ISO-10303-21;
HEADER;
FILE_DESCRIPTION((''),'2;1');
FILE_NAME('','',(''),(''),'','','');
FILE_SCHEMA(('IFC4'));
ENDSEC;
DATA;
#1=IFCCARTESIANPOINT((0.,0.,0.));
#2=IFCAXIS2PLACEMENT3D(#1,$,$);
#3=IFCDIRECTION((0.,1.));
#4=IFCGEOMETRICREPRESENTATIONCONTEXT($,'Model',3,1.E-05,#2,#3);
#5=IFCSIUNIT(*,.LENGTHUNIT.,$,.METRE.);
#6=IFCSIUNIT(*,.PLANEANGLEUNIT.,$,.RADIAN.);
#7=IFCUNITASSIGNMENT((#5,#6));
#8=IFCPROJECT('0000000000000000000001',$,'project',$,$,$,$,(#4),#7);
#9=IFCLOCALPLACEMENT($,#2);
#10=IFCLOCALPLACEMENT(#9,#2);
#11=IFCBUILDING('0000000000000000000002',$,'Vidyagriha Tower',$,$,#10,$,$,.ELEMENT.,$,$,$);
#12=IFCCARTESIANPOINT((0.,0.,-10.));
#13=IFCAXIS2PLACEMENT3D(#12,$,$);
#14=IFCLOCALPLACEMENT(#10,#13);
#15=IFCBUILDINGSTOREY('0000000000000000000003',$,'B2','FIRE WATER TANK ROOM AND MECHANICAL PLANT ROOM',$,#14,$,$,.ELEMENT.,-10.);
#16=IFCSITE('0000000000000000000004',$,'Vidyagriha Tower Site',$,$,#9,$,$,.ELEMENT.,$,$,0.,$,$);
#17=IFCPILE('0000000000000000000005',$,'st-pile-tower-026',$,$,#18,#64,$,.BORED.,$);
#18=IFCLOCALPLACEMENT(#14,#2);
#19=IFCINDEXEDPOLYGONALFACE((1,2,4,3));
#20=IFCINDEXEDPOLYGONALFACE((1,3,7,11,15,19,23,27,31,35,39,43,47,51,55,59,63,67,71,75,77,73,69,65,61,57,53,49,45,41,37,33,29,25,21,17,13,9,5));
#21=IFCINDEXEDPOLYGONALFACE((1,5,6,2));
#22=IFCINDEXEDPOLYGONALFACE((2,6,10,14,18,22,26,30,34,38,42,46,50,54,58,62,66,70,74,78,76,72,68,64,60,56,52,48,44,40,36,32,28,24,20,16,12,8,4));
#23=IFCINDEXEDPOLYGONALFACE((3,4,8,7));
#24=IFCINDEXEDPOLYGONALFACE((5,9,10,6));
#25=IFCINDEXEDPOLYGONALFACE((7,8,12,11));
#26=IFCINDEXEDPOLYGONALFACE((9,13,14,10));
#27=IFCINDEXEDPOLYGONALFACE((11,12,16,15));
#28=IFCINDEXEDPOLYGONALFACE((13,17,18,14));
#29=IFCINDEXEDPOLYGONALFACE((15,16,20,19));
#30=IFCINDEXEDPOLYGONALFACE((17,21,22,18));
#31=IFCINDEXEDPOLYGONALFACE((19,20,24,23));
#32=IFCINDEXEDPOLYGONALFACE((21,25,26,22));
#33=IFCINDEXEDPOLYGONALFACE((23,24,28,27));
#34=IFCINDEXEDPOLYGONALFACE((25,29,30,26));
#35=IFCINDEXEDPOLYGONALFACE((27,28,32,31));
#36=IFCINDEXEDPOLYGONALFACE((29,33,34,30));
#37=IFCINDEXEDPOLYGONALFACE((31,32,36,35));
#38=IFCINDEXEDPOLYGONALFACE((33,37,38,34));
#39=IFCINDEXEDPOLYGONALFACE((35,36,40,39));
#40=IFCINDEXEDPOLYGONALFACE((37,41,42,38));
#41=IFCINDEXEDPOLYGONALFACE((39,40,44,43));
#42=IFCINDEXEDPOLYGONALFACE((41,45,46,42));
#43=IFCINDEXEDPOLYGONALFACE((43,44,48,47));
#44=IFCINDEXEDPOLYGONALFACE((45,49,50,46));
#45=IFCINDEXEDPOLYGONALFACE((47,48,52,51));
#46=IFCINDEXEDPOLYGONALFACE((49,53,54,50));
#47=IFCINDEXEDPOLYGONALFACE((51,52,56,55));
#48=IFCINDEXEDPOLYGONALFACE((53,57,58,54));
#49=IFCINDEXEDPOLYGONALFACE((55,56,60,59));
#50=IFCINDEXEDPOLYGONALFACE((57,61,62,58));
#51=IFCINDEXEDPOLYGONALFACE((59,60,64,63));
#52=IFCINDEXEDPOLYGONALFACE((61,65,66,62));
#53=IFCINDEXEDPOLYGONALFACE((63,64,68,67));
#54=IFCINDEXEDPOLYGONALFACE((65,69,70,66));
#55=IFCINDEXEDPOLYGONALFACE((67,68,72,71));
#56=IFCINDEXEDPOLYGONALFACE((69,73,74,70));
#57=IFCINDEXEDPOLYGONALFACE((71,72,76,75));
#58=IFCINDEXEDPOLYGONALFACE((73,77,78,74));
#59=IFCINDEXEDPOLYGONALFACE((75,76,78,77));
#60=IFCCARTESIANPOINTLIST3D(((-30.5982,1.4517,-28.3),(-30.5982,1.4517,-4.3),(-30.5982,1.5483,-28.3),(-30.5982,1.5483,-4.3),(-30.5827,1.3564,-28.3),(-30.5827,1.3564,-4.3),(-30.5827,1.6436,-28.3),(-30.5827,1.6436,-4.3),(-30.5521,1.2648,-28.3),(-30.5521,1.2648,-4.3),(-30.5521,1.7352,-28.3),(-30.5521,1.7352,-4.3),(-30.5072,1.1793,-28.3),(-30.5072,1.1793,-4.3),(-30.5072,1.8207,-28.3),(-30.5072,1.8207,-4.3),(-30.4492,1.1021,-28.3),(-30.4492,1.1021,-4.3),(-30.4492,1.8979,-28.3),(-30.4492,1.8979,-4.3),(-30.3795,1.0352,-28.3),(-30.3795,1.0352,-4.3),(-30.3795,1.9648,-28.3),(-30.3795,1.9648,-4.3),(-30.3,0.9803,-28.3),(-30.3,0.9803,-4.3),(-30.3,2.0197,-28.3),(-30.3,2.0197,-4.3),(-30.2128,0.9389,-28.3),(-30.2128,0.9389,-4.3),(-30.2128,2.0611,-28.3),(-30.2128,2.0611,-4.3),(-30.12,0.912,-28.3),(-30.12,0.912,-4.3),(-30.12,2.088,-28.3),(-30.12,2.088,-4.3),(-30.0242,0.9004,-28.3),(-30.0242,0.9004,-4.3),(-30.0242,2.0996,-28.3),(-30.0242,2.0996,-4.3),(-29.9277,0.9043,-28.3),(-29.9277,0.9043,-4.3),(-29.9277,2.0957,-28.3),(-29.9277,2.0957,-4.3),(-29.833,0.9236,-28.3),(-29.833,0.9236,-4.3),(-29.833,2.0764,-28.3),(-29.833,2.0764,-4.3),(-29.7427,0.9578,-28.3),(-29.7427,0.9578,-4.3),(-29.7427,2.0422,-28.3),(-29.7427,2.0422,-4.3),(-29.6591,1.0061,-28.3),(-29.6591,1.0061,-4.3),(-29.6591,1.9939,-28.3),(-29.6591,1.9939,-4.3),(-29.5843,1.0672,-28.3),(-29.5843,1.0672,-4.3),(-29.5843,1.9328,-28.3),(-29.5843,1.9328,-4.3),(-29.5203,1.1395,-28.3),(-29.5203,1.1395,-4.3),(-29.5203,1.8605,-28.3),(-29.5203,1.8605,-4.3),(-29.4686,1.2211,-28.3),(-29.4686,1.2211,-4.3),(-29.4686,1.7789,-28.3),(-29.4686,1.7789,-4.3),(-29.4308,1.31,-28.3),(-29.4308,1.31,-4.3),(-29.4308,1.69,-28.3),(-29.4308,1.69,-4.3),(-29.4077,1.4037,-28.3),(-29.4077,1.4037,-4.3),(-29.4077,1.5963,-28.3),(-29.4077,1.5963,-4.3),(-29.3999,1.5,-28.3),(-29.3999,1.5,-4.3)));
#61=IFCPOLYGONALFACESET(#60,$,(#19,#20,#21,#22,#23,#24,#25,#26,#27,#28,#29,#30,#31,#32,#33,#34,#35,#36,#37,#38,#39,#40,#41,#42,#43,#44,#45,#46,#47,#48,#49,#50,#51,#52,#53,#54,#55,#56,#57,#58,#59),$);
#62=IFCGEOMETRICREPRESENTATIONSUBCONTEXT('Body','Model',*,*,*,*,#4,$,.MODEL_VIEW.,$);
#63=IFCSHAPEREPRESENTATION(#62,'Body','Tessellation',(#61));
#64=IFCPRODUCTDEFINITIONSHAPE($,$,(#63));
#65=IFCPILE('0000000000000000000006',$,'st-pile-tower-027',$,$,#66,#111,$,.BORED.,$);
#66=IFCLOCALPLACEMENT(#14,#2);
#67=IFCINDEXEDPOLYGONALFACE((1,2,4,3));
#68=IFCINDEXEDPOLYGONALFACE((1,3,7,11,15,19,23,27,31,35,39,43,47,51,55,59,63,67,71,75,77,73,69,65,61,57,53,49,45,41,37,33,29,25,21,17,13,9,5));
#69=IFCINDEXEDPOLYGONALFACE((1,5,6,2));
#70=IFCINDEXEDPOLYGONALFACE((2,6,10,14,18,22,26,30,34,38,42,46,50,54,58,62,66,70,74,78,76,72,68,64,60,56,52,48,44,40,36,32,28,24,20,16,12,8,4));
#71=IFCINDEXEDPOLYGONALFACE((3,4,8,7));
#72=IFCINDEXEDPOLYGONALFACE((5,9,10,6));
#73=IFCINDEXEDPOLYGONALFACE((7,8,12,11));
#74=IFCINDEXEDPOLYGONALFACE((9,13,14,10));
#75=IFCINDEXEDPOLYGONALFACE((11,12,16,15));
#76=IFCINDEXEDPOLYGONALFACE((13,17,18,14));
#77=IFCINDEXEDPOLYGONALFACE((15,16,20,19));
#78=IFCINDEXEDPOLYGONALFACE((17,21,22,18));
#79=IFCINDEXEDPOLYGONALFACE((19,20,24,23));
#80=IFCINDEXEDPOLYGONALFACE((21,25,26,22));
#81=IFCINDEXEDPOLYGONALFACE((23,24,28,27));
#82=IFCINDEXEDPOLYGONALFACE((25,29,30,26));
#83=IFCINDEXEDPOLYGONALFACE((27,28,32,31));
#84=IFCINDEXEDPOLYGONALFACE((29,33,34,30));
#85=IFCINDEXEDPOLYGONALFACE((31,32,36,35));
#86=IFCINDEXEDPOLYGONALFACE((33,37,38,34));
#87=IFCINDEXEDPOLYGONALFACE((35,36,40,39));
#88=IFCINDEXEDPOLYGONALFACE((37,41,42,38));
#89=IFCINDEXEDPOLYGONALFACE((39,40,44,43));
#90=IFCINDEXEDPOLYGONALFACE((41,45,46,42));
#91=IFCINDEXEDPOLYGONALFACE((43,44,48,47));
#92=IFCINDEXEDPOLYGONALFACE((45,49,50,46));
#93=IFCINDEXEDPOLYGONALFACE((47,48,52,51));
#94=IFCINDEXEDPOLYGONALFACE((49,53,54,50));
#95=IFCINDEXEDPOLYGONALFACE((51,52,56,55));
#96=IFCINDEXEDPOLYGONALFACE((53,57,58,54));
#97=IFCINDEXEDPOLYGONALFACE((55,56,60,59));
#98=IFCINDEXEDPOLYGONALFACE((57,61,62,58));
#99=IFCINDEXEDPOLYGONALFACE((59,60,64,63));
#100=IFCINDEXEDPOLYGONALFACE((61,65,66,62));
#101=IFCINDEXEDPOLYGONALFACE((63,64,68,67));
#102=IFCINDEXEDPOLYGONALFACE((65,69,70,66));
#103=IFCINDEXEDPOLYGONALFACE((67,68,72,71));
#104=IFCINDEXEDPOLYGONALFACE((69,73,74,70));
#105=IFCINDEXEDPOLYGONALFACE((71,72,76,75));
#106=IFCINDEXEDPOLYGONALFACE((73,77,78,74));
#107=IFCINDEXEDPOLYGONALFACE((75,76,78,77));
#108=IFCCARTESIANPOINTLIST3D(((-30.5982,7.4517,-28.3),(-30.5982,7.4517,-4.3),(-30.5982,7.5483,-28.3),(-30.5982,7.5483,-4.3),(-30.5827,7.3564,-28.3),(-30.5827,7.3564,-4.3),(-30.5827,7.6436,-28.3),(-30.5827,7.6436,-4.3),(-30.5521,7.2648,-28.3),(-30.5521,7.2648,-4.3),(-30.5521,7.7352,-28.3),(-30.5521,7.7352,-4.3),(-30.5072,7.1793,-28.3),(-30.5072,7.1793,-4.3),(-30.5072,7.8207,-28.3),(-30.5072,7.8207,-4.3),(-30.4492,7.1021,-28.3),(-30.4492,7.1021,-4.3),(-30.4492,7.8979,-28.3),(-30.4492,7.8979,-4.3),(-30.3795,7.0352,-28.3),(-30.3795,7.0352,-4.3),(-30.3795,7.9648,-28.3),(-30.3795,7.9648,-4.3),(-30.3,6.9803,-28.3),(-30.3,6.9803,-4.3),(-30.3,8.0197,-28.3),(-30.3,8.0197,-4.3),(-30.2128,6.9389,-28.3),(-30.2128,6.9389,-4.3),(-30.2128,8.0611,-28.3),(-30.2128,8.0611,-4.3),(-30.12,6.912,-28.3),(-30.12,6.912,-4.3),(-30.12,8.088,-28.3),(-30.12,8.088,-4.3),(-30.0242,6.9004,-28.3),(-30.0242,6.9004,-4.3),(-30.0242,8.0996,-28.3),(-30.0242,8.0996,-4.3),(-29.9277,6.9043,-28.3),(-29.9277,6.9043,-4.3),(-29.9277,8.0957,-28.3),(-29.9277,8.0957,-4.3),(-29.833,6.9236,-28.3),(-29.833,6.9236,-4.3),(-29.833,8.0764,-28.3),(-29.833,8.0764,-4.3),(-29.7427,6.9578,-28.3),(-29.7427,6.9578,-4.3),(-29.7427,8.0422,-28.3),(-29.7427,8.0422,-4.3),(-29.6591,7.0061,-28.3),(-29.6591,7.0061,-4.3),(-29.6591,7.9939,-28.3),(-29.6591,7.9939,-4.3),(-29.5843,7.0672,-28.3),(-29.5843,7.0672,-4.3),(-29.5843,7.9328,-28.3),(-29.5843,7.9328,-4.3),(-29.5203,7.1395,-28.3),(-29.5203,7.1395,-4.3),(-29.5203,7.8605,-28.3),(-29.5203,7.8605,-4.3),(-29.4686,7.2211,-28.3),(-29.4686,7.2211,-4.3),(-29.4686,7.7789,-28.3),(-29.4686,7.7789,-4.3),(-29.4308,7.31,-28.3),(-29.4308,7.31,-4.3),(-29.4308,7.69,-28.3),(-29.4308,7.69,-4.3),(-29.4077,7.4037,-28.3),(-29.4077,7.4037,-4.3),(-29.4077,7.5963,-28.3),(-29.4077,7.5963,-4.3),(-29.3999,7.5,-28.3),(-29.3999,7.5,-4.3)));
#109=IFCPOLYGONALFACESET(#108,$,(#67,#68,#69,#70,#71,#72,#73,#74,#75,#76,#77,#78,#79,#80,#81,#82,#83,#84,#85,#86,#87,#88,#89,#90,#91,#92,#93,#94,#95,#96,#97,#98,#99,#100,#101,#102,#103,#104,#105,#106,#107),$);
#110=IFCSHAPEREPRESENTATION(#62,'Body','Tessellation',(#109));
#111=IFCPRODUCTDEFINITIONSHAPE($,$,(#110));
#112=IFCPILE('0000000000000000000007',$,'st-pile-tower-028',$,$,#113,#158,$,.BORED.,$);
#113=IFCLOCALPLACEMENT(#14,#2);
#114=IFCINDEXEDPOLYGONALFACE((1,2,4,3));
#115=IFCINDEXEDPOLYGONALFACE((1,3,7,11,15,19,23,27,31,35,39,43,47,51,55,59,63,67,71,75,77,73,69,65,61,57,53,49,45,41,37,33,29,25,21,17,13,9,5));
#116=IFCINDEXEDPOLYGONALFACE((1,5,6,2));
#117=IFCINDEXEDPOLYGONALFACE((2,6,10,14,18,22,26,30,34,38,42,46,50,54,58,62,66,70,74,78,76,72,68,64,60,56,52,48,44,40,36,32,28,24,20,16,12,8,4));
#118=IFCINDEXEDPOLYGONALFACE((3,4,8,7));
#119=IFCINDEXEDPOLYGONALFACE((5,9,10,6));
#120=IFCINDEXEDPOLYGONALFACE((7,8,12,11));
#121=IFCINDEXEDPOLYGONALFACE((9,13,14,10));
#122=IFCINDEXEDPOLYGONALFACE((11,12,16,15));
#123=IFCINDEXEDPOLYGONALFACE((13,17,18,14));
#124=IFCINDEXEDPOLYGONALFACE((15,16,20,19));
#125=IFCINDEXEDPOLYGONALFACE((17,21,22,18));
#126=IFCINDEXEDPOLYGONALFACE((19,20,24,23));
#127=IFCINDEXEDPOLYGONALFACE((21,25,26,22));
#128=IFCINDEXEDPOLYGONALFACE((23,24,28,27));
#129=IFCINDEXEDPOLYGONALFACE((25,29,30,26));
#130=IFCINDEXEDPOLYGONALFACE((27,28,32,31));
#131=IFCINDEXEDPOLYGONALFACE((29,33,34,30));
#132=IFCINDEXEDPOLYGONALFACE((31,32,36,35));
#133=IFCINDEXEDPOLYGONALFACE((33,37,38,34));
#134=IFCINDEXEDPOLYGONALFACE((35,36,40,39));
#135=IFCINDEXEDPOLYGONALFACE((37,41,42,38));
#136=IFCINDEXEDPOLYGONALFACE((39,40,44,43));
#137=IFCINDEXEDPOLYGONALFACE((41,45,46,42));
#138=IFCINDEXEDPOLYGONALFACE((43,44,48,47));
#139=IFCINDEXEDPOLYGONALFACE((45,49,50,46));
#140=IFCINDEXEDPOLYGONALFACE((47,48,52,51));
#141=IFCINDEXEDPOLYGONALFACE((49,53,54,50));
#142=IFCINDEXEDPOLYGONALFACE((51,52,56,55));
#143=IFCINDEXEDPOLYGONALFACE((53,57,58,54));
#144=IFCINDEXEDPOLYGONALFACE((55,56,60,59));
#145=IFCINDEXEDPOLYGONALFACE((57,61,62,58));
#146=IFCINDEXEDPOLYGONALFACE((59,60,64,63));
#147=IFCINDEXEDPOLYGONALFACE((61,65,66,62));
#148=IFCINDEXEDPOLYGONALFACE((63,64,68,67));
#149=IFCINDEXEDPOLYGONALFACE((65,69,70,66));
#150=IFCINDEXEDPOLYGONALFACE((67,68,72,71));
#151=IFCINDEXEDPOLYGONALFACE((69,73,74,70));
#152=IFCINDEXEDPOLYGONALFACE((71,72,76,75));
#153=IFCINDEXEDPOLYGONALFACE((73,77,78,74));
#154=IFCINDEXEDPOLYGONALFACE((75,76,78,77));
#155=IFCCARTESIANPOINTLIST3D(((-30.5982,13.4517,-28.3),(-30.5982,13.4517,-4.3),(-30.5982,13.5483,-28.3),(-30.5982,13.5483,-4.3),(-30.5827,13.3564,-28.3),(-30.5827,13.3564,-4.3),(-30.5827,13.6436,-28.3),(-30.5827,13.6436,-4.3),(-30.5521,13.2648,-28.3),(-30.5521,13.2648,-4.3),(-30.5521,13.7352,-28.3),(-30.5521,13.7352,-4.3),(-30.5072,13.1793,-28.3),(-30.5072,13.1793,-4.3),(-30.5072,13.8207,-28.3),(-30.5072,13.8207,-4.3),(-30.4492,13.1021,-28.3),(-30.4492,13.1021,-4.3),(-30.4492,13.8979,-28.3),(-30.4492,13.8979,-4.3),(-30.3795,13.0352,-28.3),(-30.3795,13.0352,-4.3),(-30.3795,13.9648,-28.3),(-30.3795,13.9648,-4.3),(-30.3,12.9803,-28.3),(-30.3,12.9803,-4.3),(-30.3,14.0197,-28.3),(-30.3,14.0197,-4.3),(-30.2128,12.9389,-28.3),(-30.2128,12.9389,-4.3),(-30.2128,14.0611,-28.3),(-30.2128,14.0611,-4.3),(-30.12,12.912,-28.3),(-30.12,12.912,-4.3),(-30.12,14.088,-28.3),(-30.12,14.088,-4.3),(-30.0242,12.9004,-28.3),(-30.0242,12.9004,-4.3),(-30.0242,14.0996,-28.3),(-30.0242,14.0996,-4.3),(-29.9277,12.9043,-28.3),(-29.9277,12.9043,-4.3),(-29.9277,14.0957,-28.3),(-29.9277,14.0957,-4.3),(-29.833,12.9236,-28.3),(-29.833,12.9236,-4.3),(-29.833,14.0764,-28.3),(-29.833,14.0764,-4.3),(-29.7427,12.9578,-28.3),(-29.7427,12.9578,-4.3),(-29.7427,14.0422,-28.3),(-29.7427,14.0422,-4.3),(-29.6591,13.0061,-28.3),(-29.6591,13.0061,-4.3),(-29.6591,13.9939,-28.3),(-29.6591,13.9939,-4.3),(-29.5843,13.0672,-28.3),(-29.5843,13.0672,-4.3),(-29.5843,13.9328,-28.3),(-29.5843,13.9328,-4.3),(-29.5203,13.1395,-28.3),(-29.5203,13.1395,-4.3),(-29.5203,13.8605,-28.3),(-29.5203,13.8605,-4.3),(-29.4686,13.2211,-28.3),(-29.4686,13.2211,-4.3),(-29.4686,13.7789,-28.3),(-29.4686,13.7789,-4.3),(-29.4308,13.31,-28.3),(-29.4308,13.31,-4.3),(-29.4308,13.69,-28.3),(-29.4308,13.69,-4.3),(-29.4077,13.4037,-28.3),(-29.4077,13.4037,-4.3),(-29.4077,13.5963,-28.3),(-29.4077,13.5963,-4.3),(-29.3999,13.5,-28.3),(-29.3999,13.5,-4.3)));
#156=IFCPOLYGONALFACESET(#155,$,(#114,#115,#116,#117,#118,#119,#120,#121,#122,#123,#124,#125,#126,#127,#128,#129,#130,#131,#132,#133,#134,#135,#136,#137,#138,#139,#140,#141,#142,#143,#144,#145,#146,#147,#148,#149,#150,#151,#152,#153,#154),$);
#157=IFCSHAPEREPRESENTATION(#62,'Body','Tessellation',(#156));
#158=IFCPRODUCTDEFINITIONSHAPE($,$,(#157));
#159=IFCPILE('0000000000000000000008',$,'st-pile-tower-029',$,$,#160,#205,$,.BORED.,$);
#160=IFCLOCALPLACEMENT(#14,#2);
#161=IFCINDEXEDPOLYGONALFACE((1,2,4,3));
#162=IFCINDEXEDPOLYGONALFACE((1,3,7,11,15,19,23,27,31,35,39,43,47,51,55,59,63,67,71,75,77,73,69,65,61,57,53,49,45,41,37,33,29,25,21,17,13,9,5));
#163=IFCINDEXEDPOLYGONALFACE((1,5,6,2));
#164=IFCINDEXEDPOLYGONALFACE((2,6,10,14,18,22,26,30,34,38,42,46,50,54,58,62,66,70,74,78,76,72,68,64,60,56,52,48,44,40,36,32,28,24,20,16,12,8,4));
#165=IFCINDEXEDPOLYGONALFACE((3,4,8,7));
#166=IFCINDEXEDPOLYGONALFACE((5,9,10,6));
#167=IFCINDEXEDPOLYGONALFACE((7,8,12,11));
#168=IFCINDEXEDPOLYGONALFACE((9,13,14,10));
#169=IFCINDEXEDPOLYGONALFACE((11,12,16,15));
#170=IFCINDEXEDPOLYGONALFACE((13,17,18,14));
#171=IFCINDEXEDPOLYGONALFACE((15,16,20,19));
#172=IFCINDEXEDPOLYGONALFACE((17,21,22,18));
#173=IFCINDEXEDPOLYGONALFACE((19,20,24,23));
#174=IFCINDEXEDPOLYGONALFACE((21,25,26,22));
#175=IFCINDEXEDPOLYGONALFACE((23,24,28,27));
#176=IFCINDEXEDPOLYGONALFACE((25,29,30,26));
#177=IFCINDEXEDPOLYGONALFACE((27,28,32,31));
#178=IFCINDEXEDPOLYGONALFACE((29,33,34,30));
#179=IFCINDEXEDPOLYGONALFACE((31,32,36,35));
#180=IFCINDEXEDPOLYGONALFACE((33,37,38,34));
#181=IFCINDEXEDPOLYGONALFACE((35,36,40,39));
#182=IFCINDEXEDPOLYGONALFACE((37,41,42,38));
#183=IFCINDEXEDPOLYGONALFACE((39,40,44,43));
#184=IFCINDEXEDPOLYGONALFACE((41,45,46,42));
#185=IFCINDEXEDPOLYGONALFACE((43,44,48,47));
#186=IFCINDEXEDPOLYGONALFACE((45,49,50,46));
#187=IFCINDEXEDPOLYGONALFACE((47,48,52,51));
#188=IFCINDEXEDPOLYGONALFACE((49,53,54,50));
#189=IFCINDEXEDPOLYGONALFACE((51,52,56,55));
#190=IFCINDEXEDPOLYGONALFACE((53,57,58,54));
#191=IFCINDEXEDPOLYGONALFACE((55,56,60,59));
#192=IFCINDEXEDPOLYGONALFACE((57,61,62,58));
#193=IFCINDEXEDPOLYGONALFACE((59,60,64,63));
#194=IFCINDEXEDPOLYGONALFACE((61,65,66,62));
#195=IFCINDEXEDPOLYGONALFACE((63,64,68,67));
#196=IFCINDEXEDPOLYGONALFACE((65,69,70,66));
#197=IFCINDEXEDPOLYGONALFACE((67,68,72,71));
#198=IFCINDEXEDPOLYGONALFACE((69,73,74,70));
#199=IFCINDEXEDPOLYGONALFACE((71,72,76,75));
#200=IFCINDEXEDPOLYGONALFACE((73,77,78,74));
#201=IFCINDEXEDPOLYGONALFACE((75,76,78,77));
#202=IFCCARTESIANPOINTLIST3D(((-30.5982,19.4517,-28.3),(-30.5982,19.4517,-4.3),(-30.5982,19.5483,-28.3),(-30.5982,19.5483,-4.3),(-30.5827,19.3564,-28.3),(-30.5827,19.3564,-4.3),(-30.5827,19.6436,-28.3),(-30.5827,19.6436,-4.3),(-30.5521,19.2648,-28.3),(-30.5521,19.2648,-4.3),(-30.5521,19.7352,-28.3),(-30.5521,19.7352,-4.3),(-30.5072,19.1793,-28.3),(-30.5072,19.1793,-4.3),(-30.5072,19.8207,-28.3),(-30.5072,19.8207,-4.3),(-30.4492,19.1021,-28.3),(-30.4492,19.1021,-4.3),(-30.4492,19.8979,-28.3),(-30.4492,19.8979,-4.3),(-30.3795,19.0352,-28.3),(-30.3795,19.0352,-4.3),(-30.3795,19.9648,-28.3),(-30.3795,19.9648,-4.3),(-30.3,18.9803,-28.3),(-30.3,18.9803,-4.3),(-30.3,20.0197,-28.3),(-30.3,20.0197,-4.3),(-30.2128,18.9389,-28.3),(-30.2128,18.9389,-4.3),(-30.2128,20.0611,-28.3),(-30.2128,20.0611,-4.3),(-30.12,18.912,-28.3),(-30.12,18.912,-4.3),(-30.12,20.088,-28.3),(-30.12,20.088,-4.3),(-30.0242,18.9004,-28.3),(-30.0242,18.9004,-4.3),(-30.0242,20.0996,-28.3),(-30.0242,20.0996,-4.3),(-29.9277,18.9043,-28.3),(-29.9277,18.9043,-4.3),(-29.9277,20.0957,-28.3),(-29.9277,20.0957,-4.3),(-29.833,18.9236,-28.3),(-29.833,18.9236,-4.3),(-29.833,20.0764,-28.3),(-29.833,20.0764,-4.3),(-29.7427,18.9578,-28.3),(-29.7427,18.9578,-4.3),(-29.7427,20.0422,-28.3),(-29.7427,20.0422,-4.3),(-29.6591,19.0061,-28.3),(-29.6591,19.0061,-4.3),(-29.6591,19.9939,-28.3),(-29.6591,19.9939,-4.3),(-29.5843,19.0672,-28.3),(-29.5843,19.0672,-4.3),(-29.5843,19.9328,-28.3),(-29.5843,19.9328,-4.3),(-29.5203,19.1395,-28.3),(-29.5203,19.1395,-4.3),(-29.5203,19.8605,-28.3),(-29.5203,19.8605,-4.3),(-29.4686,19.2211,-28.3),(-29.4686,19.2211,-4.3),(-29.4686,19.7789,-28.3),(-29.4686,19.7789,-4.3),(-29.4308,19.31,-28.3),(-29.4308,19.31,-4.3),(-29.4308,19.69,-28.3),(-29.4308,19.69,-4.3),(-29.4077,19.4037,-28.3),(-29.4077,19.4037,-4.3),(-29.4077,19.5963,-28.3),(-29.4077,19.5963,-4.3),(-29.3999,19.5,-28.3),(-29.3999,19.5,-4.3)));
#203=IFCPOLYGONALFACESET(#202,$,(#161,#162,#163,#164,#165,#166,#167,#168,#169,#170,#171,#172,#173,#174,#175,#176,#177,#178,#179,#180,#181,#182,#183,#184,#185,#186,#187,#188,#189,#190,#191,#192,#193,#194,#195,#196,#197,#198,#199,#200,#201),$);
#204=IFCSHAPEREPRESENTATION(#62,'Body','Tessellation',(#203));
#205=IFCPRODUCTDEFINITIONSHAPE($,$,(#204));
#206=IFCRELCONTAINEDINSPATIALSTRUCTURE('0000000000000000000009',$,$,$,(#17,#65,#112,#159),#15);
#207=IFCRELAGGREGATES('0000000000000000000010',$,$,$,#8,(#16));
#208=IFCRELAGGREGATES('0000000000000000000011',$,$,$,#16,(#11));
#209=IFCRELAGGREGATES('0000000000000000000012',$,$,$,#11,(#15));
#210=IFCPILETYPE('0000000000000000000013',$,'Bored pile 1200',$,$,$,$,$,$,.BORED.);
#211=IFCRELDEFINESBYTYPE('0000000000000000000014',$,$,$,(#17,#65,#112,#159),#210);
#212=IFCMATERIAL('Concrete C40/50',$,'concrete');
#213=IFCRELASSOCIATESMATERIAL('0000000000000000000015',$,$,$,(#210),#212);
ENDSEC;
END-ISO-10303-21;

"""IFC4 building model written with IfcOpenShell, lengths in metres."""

from ifc_helpers import new_model, si_unit, direction, frame, origin, origin_2d, place, context, subcontext, project, spatial, circle, extrude, material, material_profile, profile_set, type_object, element, save


model = new_model("IFC4")

# Units and contexts
model_context = context("Model", 3, precision=1e-05, world=origin(), true_north=direction((0.0, 1.0)))
body_context = subcontext(model_context, "Body", "Model", "MODEL_VIEW")
ifc_project = project(units=[si_unit("LENGTHUNIT", "METRE"), si_unit("PLANEANGLEUNIT", "RADIAN")], contexts=[model_context])

# Site, building, storey
site_placement = place(None, origin())
site = spatial("IfcSite", under=ifc_project, at=site_placement, Name="Vidyagriha Tower Site", CompositionType="ELEMENT", RefElevation=0.0)
building_placement = place(site_placement, origin())
building = spatial("IfcBuilding", under=site, at=building_placement, Name="Vidyagriha Tower", CompositionType="ELEMENT")
storey_placement = place(building_placement, frame((0.0, 0.0, -10.0)))
storey = spatial("IfcBuildingStorey", under=building, at=storey_placement, Name="B2", Description="FIRE WATER TANK ROOM AND MECHANICAL PLANT ROOM", CompositionType="ELEMENT", Elevation=-10.0)

# Piles
ifc_material_1 = material(Name="Concrete C40/50", Category="concrete")
ifc_material_profile_1 = material_profile(ifc_material_1, circle(Radius=0.6001, at=origin_2d()), Name="Bored pile 1200")
ifc_profile_set_1 = profile_set([ifc_material_profile_1], Name="Concrete C40/50")
pile_type = type_object("IfcPileType", Name="Bored pile 1200", PredefinedType="BORED", material=ifc_profile_set_1)
for number, where, z_axis, x_axis, name in (
    (1, (-30.0, 1.5, -4.3), (0.0, 0.0, -1.0), (1.0, 0.0, 0.0), "st-pile-tower-026"),
    (2, (-30.0, 7.5, -4.3), (0.0, 0.0, -1.0), (1.0, 0.0, 0.0), "st-pile-tower-027"),
    (3, (-30.0, 13.5, -4.3), (0.0, 0.0, -1.0), (1.0, 0.0, 0.0), "st-pile-tower-028"),
    (4, (-30.0, 19.5, -4.3), (0.0, 0.0, -1.0), (1.0, 0.0, 0.0), "st-pile-tower-029"),
):
    element("IfcPile", number, at=place(storey_placement, frame(where, z_axis=z_axis, x_axis=x_axis)), inside=storey, type_object=pile_type, Name=name, PredefinedType="BORED", context=body_context, shape_type="SweptSolid", body=[
        extrude(circle(Radius=0.6001, at=origin_2d()), origin(), (0.0, 0.0, 1.0), 24.0),
    ])

save(model, "model.ifc")
